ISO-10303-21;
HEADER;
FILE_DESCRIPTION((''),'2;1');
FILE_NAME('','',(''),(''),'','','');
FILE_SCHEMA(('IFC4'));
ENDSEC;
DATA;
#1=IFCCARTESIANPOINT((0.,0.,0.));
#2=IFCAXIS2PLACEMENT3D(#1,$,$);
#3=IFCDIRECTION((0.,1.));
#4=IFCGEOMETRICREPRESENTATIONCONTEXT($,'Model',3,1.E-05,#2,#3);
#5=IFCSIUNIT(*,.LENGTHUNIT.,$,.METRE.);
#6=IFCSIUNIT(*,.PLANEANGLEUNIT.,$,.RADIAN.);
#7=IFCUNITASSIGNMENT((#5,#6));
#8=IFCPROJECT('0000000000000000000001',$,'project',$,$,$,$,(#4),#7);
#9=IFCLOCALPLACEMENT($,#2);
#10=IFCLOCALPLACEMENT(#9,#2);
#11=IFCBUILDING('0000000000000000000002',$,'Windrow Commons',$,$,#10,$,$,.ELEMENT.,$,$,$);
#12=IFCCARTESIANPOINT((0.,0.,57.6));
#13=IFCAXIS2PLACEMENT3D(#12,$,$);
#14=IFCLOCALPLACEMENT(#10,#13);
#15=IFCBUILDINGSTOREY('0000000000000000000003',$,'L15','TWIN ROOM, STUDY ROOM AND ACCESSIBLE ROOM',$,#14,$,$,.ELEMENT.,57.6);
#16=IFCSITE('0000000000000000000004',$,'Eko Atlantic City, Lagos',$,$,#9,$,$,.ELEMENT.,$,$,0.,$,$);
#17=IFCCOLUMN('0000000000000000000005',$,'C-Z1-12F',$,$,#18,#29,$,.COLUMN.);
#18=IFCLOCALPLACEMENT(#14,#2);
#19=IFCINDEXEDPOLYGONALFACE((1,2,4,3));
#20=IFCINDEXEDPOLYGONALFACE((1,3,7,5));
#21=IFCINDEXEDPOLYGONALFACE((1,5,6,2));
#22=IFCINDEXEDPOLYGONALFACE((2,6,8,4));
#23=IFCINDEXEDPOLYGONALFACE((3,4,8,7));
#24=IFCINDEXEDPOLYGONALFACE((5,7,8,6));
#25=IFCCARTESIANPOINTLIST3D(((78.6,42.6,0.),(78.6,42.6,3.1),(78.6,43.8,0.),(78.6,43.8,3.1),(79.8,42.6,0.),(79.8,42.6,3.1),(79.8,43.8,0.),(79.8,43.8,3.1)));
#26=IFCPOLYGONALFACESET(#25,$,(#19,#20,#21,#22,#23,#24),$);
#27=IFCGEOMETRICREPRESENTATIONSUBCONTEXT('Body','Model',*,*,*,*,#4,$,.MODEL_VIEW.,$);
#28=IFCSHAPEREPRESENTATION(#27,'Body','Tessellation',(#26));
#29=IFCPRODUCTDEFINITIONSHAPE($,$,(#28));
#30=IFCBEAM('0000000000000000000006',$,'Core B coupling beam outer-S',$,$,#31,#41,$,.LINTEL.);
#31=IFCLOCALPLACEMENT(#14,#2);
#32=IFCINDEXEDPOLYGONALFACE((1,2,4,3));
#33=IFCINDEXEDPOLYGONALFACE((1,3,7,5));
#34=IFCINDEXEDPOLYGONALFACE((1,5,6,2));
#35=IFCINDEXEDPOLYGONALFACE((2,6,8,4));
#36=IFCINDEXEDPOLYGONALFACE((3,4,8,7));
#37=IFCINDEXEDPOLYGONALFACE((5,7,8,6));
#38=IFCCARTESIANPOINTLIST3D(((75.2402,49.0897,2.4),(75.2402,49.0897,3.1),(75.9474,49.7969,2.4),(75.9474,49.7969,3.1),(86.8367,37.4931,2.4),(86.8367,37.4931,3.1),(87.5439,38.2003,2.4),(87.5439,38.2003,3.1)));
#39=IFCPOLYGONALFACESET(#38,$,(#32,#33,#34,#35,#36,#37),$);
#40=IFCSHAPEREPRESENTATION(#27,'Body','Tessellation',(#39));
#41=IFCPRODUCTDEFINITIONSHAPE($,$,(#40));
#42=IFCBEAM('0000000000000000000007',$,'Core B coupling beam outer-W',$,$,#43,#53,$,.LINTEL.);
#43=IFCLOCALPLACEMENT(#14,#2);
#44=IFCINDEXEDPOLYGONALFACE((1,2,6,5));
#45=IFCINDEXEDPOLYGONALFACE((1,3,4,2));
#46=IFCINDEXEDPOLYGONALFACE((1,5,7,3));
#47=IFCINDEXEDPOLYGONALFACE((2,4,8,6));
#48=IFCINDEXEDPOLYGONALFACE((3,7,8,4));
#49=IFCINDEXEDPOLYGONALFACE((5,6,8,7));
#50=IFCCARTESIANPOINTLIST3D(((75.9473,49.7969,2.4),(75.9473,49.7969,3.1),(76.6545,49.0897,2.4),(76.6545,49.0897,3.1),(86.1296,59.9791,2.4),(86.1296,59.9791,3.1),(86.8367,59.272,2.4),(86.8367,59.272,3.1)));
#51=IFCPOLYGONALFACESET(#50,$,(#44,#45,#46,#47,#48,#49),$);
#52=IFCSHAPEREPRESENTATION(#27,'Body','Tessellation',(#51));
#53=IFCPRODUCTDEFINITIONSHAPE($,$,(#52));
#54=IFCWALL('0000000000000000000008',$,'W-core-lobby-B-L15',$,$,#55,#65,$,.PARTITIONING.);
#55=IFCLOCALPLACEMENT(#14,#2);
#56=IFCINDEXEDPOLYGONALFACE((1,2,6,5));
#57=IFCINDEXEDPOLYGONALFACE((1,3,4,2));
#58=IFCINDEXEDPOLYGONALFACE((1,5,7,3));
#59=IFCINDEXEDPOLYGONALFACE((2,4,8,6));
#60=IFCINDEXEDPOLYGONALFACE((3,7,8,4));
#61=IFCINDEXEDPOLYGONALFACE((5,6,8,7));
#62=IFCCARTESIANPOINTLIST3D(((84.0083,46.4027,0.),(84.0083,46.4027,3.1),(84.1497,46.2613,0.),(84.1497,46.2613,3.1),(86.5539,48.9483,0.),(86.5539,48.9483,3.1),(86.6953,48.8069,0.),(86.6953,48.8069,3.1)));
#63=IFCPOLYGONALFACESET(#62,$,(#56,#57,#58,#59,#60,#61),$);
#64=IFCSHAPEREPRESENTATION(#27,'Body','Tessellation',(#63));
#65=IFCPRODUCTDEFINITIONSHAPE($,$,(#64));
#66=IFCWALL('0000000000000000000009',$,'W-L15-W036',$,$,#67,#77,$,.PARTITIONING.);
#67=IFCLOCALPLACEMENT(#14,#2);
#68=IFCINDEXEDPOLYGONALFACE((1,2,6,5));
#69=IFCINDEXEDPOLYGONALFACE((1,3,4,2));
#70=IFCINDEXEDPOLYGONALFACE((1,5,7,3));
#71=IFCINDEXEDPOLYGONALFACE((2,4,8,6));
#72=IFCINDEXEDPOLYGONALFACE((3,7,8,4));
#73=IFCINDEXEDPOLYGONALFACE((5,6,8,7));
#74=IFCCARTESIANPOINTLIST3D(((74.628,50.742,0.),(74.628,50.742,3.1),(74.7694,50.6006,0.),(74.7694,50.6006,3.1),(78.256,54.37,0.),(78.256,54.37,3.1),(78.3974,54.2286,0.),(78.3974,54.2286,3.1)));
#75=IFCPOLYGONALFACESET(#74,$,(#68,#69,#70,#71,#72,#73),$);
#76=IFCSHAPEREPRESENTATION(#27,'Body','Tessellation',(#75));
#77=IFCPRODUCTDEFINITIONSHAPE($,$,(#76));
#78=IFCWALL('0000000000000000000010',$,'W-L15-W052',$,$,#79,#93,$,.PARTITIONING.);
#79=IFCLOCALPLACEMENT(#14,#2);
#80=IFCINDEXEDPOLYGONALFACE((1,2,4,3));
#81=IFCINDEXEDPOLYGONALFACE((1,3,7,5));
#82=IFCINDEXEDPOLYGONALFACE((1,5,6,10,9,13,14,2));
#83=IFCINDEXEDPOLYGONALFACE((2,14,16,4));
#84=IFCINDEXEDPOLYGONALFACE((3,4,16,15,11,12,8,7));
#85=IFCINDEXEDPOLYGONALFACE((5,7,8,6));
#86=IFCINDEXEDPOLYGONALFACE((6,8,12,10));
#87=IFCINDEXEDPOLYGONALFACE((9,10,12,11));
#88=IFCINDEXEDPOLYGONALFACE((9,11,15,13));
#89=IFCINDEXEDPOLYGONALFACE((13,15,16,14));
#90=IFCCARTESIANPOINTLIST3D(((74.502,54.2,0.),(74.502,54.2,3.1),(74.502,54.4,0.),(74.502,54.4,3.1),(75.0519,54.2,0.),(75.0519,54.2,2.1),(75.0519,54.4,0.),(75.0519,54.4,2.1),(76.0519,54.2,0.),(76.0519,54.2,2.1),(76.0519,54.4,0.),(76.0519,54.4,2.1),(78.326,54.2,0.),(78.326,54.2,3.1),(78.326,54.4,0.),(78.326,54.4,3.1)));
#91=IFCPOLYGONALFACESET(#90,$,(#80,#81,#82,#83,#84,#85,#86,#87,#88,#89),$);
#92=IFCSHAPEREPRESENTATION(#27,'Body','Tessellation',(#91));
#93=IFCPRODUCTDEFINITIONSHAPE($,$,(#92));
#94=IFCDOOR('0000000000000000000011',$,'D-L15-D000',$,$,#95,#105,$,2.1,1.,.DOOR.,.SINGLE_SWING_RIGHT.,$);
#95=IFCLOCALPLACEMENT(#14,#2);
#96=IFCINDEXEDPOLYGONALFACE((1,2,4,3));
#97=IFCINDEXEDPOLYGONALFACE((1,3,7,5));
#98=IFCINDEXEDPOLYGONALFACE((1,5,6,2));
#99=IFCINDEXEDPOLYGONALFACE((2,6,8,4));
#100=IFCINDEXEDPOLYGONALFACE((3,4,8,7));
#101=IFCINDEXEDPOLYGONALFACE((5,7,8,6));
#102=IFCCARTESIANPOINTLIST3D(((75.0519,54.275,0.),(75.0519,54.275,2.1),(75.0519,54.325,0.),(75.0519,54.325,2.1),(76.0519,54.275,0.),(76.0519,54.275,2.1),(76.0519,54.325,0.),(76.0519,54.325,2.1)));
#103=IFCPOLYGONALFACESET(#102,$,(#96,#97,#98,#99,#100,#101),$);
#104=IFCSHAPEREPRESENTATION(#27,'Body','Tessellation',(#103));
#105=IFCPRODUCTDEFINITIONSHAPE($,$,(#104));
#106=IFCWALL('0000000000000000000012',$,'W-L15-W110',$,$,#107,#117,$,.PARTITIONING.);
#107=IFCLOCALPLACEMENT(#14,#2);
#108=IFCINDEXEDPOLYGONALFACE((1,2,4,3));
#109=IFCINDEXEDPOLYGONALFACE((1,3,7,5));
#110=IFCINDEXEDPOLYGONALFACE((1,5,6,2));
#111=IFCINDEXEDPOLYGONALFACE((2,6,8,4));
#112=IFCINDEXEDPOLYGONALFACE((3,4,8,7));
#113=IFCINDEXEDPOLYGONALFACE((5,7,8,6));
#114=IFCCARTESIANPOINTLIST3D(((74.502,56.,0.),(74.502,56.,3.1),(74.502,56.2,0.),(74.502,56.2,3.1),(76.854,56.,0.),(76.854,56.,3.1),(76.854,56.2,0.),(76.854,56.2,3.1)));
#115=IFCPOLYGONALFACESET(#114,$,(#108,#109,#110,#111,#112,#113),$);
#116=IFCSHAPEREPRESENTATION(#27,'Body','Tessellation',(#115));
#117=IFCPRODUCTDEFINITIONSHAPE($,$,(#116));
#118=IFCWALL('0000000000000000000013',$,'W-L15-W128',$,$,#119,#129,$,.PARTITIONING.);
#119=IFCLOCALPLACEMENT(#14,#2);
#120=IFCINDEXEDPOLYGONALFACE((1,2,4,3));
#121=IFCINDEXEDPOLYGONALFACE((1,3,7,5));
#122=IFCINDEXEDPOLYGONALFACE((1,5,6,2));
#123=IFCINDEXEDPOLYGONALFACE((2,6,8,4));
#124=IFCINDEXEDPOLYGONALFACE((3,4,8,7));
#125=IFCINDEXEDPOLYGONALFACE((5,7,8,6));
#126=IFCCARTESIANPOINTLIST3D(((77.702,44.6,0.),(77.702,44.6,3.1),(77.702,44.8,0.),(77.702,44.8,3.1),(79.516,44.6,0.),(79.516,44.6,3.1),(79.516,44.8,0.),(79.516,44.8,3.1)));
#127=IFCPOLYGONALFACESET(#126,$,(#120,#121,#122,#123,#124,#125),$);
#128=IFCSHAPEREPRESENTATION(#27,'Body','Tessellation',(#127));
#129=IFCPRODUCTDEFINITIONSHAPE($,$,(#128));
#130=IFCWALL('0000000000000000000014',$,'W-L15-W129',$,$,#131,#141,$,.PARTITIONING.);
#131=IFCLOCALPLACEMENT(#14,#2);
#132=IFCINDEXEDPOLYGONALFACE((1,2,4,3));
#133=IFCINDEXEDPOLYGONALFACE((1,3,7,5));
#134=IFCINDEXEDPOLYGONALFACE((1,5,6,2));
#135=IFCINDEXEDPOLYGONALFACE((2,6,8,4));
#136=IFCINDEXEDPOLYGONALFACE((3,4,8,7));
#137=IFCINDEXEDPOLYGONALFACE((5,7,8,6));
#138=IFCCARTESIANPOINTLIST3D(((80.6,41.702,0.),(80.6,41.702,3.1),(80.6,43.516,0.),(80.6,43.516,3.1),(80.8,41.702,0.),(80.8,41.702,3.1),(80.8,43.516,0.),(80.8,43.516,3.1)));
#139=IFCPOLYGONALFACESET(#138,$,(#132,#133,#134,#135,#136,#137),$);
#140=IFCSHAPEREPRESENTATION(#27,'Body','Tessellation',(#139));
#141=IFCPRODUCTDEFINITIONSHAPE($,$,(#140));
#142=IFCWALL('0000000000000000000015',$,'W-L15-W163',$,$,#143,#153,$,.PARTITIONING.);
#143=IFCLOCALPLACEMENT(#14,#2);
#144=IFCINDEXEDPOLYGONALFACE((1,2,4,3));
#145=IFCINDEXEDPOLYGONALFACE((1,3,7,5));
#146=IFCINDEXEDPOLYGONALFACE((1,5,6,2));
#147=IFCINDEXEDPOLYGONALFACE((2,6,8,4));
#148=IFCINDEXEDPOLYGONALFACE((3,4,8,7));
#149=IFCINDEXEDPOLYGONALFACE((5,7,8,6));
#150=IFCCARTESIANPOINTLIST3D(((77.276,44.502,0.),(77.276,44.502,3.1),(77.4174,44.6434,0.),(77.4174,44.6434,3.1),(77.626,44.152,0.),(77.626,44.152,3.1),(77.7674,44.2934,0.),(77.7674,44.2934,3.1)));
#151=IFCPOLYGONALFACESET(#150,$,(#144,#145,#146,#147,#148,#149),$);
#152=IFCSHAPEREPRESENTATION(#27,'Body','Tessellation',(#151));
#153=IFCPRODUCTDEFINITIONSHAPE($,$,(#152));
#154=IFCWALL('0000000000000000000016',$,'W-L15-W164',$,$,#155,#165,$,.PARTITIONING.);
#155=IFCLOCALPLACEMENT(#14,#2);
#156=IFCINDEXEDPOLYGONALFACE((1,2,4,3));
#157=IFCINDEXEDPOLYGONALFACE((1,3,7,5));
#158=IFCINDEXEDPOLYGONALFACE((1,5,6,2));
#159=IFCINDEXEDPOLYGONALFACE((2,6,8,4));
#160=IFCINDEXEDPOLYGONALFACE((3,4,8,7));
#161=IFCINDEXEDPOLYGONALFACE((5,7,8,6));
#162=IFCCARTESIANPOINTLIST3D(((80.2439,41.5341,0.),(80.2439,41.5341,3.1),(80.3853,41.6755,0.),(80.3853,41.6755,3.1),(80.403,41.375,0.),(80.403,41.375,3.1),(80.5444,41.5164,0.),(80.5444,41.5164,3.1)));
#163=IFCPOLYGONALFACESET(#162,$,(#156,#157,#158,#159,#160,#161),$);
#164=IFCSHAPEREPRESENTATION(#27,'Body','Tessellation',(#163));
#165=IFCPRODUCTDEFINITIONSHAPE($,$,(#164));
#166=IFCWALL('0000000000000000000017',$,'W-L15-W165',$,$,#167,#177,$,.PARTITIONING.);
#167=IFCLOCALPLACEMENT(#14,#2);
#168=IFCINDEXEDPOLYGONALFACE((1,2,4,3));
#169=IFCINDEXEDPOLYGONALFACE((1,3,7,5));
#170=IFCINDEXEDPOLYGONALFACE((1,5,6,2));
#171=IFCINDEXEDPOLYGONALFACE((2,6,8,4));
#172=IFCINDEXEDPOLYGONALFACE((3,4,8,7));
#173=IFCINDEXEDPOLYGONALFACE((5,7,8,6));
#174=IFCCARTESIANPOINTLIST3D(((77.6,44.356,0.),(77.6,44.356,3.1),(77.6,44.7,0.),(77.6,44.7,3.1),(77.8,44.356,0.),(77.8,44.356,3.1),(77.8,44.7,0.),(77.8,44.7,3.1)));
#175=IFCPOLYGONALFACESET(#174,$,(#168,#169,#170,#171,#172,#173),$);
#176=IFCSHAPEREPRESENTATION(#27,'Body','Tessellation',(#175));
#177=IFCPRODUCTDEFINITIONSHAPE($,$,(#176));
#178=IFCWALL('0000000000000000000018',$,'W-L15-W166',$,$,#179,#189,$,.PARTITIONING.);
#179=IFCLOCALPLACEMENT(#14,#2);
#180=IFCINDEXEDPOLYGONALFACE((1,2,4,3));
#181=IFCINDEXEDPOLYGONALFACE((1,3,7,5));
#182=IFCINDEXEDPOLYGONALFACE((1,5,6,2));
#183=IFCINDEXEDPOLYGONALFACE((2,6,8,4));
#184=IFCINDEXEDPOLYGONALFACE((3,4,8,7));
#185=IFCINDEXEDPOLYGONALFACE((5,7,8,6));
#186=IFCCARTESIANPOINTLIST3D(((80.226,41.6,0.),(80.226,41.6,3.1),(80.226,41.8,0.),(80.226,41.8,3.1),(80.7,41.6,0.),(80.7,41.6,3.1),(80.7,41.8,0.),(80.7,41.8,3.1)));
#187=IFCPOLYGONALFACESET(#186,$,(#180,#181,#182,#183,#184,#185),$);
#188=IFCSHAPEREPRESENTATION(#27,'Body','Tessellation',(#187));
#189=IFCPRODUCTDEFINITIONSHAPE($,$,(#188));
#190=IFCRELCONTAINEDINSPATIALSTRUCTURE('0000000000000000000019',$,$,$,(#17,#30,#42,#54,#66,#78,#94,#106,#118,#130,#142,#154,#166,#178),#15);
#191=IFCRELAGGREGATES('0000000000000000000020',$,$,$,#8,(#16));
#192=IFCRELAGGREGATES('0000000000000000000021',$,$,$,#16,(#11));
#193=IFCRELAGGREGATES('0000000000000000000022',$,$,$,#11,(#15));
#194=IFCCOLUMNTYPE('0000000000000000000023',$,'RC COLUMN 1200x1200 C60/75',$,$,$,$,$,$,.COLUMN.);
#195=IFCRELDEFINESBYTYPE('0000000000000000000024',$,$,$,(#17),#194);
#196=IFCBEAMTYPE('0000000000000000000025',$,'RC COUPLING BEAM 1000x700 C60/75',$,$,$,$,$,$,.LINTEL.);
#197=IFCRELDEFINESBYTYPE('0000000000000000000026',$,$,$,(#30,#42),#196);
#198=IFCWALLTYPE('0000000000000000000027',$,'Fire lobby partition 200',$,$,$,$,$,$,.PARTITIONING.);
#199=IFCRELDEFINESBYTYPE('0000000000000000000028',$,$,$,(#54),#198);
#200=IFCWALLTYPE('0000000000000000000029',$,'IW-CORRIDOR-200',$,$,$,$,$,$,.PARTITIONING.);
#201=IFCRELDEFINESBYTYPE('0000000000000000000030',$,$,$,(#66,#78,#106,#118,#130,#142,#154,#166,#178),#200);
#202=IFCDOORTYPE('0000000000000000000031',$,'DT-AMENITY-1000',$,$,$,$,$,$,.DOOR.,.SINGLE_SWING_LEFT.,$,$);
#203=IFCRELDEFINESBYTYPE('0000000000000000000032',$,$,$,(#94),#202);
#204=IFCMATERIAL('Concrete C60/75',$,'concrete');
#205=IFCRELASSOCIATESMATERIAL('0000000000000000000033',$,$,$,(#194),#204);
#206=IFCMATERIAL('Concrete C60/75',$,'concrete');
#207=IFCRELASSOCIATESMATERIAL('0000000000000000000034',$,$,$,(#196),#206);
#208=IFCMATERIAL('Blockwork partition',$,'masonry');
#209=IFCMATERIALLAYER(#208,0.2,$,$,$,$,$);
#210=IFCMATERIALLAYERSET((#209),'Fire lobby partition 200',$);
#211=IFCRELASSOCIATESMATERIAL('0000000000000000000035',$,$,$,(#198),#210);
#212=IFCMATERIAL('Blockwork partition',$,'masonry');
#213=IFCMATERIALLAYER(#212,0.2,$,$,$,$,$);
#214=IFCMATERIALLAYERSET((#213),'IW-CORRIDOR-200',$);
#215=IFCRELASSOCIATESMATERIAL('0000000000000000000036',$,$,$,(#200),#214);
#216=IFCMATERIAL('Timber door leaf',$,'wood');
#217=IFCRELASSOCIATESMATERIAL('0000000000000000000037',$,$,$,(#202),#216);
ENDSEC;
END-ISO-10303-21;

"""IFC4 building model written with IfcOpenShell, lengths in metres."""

from ifc_helpers import new_model, si_unit, direction, frame, frame_2d, origin, origin_2d, place, context, subcontext, project, spatial, rectangle, extrude, material, layer, layer_set, material_profile, profile_set, type_object, element, fill, save


model = new_model("IFC4")

# Units and contexts
model_context = context("Model", 3, precision=1e-05, world=origin(), true_north=direction((0.0, 1.0)))
body_context = subcontext(model_context, "Body", "Model", "MODEL_VIEW")
ifc_project = project(units=[si_unit("LENGTHUNIT", "METRE"), si_unit("PLANEANGLEUNIT", "RADIAN")], contexts=[model_context])

# Site, building, storey
site_placement = place(None, origin())
site = spatial("IfcSite", under=ifc_project, at=site_placement, Name="Eko Atlantic City, Lagos", CompositionType="ELEMENT", RefElevation=0.0)
building_placement = place(site_placement, origin())
building = spatial("IfcBuilding", under=site, at=building_placement, Name="Windrow Commons", CompositionType="ELEMENT")
storey_placement = place(building_placement, frame((0.0, 0.0, 57.6)))
storey = spatial("IfcBuildingStorey", under=building, at=storey_placement, Name="L15", Description="TWIN ROOM, STUDY ROOM AND ACCESSIBLE ROOM", CompositionType="ELEMENT", Elevation=57.6)

# Column
ifc_material_1 = material(Name="Concrete C60/75", Category="concrete")
ifc_material_profile_1 = material_profile(ifc_material_1, rectangle(XDim=1.2, YDim=1.2, at=origin_2d()))
ifc_profile_set_1 = profile_set([ifc_material_profile_1], Name="Concrete C60/75")
column_type = type_object("IfcColumnType", Name="RC COLUMN 1200x1200 C60/75", PredefinedType="COLUMN", material=ifc_profile_set_1)
column_placement = place(storey_placement, frame((79.2, 43.2, 0.0), z_axis=(0.0, 0.0, 1.0), x_axis=(1.0, 0.0, 0.0)))
element("IfcColumn", 1, at=column_placement, inside=storey, type_object=column_type, Name="C-Z1-12F", PredefinedType="COLUMN", context=body_context, shape_type="SweptSolid", body=[
    extrude(rectangle(XDim=1.2, YDim=1.2, at=origin_2d()), origin(), (0.0, 0.0, 1.0), 3.1),
])

# Beams
ifc_material_2 = material(Name="Concrete C60/75", Category="concrete")
ifc_material_profile_2 = material_profile(ifc_material_2, rectangle(XDim=1.0, YDim=0.7, at=origin_2d()))
ifc_profile_set_2 = profile_set([ifc_material_profile_2], Name="Concrete C60/75")
beam_type = type_object("IfcBeamType", Name="RC COUPLING BEAM 1000x700 C60/75", PredefinedType="LINTEL", material=ifc_profile_set_2)
beam_1_placement = place(storey_placement, frame((75.5938, 49.4433, 2.75), z_axis=(0.707104, -0.70711, 0.0), x_axis=(0.70711, 0.707104, 0.0)))
element("IfcBeam", 2, at=beam_1_placement, inside=storey, type_object=beam_type, Name="Core B coupling beam outer-S", PredefinedType="LINTEL", context=body_context, shape_type="SweptSolid", body=[
    extrude(rectangle(XDim=1.0, YDim=0.7, at=origin_2d()), origin(), (0.0, 0.0, 1.0), 16.4),
])
beam_2_placement = place(storey_placement, frame((76.3009, 49.4433, 2.75), z_axis=(0.707107, 0.707107, 0.0), x_axis=(-0.707107, 0.707107, 0.0)))
element("IfcBeam", 3, at=beam_2_placement, inside=storey, type_object=beam_type, Name="Core B coupling beam outer-W", PredefinedType="LINTEL", context=body_context, shape_type="SweptSolid", body=[
    extrude(rectangle(XDim=1.0, YDim=0.7, at=origin_2d()), origin(), (0.0, 0.0, 1.0), 14.3999),
])

# Walls
ifc_material_3 = material(Name="Blockwork partition", Category="masonry")
ifc_layer_1 = layer(ifc_material_3, 0.2)
ifc_layer_set_1 = layer_set([ifc_layer_1], Name="Fire lobby partition 200")
wall_type_1 = type_object("IfcWallType", Name="Fire lobby partition 200", PredefinedType="PARTITIONING", material=ifc_layer_set_1)
wall_1_placement = place(storey_placement, frame((84.079, 46.332, 0.0), z_axis=(0.0, 0.0, 1.0), x_axis=(0.707107, 0.707107, 0.0)))
element("IfcWall", 4, at=wall_1_placement, inside=storey, type_object=wall_type_1, Name="W-core-lobby-B-L15", PredefinedType="PARTITIONING", context=body_context, shape_type="SweptSolid", body=[
    extrude(rectangle(XDim=3.6, YDim=0.2, at=frame_2d((1.8, 0.0))), origin(), (0.0, 0.0, 1.0), 3.1),
])
ifc_material_4 = material(Name="Blockwork partition", Category="masonry")
ifc_layer_2 = layer(ifc_material_4, 0.2)
ifc_layer_set_2 = layer_set([ifc_layer_2], Name="IW-CORRIDOR-200")
wall_type_2 = type_object("IfcWallType", Name="IW-CORRIDOR-200", PredefinedType="PARTITIONING", material=ifc_layer_set_2)
wall_2_placement = place(storey_placement, frame((74.6987, 50.6713, 0.0), z_axis=(0.0, 0.0, 1.0), x_axis=(0.707107, 0.707107, 0.0)))
element("IfcWall", 5, at=wall_2_placement, inside=storey, type_object=wall_type_2, Name="W-L15-W036", PredefinedType="PARTITIONING", context=body_context, shape_type="SweptSolid", body=[
    extrude(rectangle(XDim=5.1308, YDim=0.2, at=frame_2d((2.5654, 0.0))), origin(), (0.0, 0.0, 1.0), 3.1),
])

# Wall, opening, door
wall_3_placement = place(storey_placement, frame((74.502, 54.3, 0.0), z_axis=(0.0, 0.0, 1.0), x_axis=(1.0, 0.0, 0.0)))
wall_3 = element("IfcWall", 6, at=wall_3_placement, inside=storey, type_object=wall_type_2, Name="W-L15-W052", PredefinedType="PARTITIONING", context=body_context, shape_type="SweptSolid", body=[
    extrude(rectangle(XDim=3.824, YDim=0.2, at=frame_2d((1.912, 0.0))), origin(), (0.0, 0.0, 1.0), 3.1),
])
opening_1_placement = place(wall_3_placement, frame((0.5499, 0.0, 0.0)))
opening_1 = element("IfcOpeningElement", 7, at=opening_1_placement, cuts=wall_3, PredefinedType="OPENING", context=body_context, shape_type="SweptSolid", body=[
    extrude(rectangle(XDim=1.0, YDim=2.1, at=frame_2d((0.5, 1.05))), frame((0.0, 0.11, 0.0), z_axis=(0.0, -1.0, 0.0), x_axis=(1.0, 0.0, 0.0)), (0.0, 0.0, 1.0), 0.22),
])
ifc_material_5 = material(Name="Timber door leaf", Category="wood")
door_type_1 = type_object("IfcDoorType", Name="DT-AMENITY-1000", OperationType="SINGLE_SWING_LEFT", PredefinedType="DOOR", material=ifc_material_5)
door_1_placement = place(opening_1_placement, origin())
door_1 = element("IfcDoor", 8, at=door_1_placement, inside=storey, type_object=door_type_1, Name="D-L15-D000", OperationType="SINGLE_SWING_RIGHT", OverallHeight=2.1, OverallWidth=1.0, PredefinedType="DOOR", context=body_context, shape_type="SweptSolid", body=[
    extrude(rectangle(XDim=1.0, YDim=2.1, at=frame_2d((0.5, 1.05))), frame((0.0, 0.025, 0.0), z_axis=(0.0, -1.0, 0.0), x_axis=(1.0, 0.0, 0.0)), (0.0, 0.0, 1.0), 0.05),
])
fill(opening_1, door_1)

# Walls
wall_4_placement = place(storey_placement, frame((74.502, 56.1, 0.0), z_axis=(0.0, 0.0, 1.0), x_axis=(1.0, 0.0, 0.0)))
element("IfcWall", 9, at=wall_4_placement, inside=storey, type_object=wall_type_2, Name="W-L15-W110", PredefinedType="PARTITIONING", context=body_context, shape_type="SweptSolid", body=[
    extrude(rectangle(XDim=2.352, YDim=0.2, at=frame_2d((1.176, 0.0))), origin(), (0.0, 0.0, 1.0), 3.1),
])
for number, where, z_axis, x_axis, name in (
    (10, (77.702, 44.7, 0.0), (0.0, 0.0, 1.0), (1.0, 0.0, 0.0), "W-L15-W128"),
    (11, (80.7, 41.702, 0.0), (0.0, 0.0, 1.0), (0.0, 1.0, 0.0), "W-L15-W129"),
):
    element("IfcWall", number, at=place(storey_placement, frame(where, z_axis=z_axis, x_axis=x_axis)), inside=storey, type_object=wall_type_2, Name=name, PredefinedType="PARTITIONING", context=body_context, shape_type="SweptSolid", body=[
        extrude(rectangle(XDim=1.814, YDim=0.2, at=frame_2d((0.907, 0.0))), origin(), (0.0, 0.0, 1.0), 3.1),
    ])
wall_5_placement = place(storey_placement, frame((77.3467, 44.5727, 0.0), z_axis=(0.0, 0.0, 1.0), x_axis=(0.707107, -0.707107, 0.0)))
element("IfcWall", 12, at=wall_5_placement, inside=storey, type_object=wall_type_2, Name="W-L15-W163", PredefinedType="PARTITIONING", context=body_context, shape_type="SweptSolid", body=[
    extrude(rectangle(XDim=0.495, YDim=0.2, at=frame_2d((0.2475, 0.0))), origin(), (0.0, 0.0, 1.0), 3.1),
])
wall_6_placement = place(storey_placement, frame((80.3146, 41.6048, 0.0), z_axis=(0.0, 0.0, 1.0), x_axis=(0.707107, -0.707107, 0.0)))
element("IfcWall", 13, at=wall_6_placement, inside=storey, type_object=wall_type_2, Name="W-L15-W164", PredefinedType="PARTITIONING", context=body_context, shape_type="SweptSolid", body=[
    extrude(rectangle(XDim=0.225, YDim=0.2, at=frame_2d((0.1125, 0.0))), origin(), (0.0, 0.0, 1.0), 3.1),
])
wall_7_placement = place(storey_placement, frame((77.7, 44.356, 0.0), z_axis=(0.0, 0.0, 1.0), x_axis=(0.0, 1.0, 0.0)))
element("IfcWall", 14, at=wall_7_placement, inside=storey, type_object=wall_type_2, Name="W-L15-W165", PredefinedType="PARTITIONING", context=body_context, shape_type="SweptSolid", body=[
    extrude(rectangle(XDim=0.344, YDim=0.2, at=frame_2d((0.172, 0.0))), origin(), (0.0, 0.0, 1.0), 3.1),
])
wall_8_placement = place(storey_placement, frame((80.226, 41.7, 0.0), z_axis=(0.0, 0.0, 1.0), x_axis=(1.0, 0.0, 0.0)))
element("IfcWall", 15, at=wall_8_placement, inside=storey, type_object=wall_type_2, Name="W-L15-W166", PredefinedType="PARTITIONING", context=body_context, shape_type="SweptSolid", body=[
    extrude(rectangle(XDim=0.474, YDim=0.2, at=frame_2d((0.237, 0.0))), origin(), (0.0, 0.0, 1.0), 3.1),
])

save(model, "model.ifc")
